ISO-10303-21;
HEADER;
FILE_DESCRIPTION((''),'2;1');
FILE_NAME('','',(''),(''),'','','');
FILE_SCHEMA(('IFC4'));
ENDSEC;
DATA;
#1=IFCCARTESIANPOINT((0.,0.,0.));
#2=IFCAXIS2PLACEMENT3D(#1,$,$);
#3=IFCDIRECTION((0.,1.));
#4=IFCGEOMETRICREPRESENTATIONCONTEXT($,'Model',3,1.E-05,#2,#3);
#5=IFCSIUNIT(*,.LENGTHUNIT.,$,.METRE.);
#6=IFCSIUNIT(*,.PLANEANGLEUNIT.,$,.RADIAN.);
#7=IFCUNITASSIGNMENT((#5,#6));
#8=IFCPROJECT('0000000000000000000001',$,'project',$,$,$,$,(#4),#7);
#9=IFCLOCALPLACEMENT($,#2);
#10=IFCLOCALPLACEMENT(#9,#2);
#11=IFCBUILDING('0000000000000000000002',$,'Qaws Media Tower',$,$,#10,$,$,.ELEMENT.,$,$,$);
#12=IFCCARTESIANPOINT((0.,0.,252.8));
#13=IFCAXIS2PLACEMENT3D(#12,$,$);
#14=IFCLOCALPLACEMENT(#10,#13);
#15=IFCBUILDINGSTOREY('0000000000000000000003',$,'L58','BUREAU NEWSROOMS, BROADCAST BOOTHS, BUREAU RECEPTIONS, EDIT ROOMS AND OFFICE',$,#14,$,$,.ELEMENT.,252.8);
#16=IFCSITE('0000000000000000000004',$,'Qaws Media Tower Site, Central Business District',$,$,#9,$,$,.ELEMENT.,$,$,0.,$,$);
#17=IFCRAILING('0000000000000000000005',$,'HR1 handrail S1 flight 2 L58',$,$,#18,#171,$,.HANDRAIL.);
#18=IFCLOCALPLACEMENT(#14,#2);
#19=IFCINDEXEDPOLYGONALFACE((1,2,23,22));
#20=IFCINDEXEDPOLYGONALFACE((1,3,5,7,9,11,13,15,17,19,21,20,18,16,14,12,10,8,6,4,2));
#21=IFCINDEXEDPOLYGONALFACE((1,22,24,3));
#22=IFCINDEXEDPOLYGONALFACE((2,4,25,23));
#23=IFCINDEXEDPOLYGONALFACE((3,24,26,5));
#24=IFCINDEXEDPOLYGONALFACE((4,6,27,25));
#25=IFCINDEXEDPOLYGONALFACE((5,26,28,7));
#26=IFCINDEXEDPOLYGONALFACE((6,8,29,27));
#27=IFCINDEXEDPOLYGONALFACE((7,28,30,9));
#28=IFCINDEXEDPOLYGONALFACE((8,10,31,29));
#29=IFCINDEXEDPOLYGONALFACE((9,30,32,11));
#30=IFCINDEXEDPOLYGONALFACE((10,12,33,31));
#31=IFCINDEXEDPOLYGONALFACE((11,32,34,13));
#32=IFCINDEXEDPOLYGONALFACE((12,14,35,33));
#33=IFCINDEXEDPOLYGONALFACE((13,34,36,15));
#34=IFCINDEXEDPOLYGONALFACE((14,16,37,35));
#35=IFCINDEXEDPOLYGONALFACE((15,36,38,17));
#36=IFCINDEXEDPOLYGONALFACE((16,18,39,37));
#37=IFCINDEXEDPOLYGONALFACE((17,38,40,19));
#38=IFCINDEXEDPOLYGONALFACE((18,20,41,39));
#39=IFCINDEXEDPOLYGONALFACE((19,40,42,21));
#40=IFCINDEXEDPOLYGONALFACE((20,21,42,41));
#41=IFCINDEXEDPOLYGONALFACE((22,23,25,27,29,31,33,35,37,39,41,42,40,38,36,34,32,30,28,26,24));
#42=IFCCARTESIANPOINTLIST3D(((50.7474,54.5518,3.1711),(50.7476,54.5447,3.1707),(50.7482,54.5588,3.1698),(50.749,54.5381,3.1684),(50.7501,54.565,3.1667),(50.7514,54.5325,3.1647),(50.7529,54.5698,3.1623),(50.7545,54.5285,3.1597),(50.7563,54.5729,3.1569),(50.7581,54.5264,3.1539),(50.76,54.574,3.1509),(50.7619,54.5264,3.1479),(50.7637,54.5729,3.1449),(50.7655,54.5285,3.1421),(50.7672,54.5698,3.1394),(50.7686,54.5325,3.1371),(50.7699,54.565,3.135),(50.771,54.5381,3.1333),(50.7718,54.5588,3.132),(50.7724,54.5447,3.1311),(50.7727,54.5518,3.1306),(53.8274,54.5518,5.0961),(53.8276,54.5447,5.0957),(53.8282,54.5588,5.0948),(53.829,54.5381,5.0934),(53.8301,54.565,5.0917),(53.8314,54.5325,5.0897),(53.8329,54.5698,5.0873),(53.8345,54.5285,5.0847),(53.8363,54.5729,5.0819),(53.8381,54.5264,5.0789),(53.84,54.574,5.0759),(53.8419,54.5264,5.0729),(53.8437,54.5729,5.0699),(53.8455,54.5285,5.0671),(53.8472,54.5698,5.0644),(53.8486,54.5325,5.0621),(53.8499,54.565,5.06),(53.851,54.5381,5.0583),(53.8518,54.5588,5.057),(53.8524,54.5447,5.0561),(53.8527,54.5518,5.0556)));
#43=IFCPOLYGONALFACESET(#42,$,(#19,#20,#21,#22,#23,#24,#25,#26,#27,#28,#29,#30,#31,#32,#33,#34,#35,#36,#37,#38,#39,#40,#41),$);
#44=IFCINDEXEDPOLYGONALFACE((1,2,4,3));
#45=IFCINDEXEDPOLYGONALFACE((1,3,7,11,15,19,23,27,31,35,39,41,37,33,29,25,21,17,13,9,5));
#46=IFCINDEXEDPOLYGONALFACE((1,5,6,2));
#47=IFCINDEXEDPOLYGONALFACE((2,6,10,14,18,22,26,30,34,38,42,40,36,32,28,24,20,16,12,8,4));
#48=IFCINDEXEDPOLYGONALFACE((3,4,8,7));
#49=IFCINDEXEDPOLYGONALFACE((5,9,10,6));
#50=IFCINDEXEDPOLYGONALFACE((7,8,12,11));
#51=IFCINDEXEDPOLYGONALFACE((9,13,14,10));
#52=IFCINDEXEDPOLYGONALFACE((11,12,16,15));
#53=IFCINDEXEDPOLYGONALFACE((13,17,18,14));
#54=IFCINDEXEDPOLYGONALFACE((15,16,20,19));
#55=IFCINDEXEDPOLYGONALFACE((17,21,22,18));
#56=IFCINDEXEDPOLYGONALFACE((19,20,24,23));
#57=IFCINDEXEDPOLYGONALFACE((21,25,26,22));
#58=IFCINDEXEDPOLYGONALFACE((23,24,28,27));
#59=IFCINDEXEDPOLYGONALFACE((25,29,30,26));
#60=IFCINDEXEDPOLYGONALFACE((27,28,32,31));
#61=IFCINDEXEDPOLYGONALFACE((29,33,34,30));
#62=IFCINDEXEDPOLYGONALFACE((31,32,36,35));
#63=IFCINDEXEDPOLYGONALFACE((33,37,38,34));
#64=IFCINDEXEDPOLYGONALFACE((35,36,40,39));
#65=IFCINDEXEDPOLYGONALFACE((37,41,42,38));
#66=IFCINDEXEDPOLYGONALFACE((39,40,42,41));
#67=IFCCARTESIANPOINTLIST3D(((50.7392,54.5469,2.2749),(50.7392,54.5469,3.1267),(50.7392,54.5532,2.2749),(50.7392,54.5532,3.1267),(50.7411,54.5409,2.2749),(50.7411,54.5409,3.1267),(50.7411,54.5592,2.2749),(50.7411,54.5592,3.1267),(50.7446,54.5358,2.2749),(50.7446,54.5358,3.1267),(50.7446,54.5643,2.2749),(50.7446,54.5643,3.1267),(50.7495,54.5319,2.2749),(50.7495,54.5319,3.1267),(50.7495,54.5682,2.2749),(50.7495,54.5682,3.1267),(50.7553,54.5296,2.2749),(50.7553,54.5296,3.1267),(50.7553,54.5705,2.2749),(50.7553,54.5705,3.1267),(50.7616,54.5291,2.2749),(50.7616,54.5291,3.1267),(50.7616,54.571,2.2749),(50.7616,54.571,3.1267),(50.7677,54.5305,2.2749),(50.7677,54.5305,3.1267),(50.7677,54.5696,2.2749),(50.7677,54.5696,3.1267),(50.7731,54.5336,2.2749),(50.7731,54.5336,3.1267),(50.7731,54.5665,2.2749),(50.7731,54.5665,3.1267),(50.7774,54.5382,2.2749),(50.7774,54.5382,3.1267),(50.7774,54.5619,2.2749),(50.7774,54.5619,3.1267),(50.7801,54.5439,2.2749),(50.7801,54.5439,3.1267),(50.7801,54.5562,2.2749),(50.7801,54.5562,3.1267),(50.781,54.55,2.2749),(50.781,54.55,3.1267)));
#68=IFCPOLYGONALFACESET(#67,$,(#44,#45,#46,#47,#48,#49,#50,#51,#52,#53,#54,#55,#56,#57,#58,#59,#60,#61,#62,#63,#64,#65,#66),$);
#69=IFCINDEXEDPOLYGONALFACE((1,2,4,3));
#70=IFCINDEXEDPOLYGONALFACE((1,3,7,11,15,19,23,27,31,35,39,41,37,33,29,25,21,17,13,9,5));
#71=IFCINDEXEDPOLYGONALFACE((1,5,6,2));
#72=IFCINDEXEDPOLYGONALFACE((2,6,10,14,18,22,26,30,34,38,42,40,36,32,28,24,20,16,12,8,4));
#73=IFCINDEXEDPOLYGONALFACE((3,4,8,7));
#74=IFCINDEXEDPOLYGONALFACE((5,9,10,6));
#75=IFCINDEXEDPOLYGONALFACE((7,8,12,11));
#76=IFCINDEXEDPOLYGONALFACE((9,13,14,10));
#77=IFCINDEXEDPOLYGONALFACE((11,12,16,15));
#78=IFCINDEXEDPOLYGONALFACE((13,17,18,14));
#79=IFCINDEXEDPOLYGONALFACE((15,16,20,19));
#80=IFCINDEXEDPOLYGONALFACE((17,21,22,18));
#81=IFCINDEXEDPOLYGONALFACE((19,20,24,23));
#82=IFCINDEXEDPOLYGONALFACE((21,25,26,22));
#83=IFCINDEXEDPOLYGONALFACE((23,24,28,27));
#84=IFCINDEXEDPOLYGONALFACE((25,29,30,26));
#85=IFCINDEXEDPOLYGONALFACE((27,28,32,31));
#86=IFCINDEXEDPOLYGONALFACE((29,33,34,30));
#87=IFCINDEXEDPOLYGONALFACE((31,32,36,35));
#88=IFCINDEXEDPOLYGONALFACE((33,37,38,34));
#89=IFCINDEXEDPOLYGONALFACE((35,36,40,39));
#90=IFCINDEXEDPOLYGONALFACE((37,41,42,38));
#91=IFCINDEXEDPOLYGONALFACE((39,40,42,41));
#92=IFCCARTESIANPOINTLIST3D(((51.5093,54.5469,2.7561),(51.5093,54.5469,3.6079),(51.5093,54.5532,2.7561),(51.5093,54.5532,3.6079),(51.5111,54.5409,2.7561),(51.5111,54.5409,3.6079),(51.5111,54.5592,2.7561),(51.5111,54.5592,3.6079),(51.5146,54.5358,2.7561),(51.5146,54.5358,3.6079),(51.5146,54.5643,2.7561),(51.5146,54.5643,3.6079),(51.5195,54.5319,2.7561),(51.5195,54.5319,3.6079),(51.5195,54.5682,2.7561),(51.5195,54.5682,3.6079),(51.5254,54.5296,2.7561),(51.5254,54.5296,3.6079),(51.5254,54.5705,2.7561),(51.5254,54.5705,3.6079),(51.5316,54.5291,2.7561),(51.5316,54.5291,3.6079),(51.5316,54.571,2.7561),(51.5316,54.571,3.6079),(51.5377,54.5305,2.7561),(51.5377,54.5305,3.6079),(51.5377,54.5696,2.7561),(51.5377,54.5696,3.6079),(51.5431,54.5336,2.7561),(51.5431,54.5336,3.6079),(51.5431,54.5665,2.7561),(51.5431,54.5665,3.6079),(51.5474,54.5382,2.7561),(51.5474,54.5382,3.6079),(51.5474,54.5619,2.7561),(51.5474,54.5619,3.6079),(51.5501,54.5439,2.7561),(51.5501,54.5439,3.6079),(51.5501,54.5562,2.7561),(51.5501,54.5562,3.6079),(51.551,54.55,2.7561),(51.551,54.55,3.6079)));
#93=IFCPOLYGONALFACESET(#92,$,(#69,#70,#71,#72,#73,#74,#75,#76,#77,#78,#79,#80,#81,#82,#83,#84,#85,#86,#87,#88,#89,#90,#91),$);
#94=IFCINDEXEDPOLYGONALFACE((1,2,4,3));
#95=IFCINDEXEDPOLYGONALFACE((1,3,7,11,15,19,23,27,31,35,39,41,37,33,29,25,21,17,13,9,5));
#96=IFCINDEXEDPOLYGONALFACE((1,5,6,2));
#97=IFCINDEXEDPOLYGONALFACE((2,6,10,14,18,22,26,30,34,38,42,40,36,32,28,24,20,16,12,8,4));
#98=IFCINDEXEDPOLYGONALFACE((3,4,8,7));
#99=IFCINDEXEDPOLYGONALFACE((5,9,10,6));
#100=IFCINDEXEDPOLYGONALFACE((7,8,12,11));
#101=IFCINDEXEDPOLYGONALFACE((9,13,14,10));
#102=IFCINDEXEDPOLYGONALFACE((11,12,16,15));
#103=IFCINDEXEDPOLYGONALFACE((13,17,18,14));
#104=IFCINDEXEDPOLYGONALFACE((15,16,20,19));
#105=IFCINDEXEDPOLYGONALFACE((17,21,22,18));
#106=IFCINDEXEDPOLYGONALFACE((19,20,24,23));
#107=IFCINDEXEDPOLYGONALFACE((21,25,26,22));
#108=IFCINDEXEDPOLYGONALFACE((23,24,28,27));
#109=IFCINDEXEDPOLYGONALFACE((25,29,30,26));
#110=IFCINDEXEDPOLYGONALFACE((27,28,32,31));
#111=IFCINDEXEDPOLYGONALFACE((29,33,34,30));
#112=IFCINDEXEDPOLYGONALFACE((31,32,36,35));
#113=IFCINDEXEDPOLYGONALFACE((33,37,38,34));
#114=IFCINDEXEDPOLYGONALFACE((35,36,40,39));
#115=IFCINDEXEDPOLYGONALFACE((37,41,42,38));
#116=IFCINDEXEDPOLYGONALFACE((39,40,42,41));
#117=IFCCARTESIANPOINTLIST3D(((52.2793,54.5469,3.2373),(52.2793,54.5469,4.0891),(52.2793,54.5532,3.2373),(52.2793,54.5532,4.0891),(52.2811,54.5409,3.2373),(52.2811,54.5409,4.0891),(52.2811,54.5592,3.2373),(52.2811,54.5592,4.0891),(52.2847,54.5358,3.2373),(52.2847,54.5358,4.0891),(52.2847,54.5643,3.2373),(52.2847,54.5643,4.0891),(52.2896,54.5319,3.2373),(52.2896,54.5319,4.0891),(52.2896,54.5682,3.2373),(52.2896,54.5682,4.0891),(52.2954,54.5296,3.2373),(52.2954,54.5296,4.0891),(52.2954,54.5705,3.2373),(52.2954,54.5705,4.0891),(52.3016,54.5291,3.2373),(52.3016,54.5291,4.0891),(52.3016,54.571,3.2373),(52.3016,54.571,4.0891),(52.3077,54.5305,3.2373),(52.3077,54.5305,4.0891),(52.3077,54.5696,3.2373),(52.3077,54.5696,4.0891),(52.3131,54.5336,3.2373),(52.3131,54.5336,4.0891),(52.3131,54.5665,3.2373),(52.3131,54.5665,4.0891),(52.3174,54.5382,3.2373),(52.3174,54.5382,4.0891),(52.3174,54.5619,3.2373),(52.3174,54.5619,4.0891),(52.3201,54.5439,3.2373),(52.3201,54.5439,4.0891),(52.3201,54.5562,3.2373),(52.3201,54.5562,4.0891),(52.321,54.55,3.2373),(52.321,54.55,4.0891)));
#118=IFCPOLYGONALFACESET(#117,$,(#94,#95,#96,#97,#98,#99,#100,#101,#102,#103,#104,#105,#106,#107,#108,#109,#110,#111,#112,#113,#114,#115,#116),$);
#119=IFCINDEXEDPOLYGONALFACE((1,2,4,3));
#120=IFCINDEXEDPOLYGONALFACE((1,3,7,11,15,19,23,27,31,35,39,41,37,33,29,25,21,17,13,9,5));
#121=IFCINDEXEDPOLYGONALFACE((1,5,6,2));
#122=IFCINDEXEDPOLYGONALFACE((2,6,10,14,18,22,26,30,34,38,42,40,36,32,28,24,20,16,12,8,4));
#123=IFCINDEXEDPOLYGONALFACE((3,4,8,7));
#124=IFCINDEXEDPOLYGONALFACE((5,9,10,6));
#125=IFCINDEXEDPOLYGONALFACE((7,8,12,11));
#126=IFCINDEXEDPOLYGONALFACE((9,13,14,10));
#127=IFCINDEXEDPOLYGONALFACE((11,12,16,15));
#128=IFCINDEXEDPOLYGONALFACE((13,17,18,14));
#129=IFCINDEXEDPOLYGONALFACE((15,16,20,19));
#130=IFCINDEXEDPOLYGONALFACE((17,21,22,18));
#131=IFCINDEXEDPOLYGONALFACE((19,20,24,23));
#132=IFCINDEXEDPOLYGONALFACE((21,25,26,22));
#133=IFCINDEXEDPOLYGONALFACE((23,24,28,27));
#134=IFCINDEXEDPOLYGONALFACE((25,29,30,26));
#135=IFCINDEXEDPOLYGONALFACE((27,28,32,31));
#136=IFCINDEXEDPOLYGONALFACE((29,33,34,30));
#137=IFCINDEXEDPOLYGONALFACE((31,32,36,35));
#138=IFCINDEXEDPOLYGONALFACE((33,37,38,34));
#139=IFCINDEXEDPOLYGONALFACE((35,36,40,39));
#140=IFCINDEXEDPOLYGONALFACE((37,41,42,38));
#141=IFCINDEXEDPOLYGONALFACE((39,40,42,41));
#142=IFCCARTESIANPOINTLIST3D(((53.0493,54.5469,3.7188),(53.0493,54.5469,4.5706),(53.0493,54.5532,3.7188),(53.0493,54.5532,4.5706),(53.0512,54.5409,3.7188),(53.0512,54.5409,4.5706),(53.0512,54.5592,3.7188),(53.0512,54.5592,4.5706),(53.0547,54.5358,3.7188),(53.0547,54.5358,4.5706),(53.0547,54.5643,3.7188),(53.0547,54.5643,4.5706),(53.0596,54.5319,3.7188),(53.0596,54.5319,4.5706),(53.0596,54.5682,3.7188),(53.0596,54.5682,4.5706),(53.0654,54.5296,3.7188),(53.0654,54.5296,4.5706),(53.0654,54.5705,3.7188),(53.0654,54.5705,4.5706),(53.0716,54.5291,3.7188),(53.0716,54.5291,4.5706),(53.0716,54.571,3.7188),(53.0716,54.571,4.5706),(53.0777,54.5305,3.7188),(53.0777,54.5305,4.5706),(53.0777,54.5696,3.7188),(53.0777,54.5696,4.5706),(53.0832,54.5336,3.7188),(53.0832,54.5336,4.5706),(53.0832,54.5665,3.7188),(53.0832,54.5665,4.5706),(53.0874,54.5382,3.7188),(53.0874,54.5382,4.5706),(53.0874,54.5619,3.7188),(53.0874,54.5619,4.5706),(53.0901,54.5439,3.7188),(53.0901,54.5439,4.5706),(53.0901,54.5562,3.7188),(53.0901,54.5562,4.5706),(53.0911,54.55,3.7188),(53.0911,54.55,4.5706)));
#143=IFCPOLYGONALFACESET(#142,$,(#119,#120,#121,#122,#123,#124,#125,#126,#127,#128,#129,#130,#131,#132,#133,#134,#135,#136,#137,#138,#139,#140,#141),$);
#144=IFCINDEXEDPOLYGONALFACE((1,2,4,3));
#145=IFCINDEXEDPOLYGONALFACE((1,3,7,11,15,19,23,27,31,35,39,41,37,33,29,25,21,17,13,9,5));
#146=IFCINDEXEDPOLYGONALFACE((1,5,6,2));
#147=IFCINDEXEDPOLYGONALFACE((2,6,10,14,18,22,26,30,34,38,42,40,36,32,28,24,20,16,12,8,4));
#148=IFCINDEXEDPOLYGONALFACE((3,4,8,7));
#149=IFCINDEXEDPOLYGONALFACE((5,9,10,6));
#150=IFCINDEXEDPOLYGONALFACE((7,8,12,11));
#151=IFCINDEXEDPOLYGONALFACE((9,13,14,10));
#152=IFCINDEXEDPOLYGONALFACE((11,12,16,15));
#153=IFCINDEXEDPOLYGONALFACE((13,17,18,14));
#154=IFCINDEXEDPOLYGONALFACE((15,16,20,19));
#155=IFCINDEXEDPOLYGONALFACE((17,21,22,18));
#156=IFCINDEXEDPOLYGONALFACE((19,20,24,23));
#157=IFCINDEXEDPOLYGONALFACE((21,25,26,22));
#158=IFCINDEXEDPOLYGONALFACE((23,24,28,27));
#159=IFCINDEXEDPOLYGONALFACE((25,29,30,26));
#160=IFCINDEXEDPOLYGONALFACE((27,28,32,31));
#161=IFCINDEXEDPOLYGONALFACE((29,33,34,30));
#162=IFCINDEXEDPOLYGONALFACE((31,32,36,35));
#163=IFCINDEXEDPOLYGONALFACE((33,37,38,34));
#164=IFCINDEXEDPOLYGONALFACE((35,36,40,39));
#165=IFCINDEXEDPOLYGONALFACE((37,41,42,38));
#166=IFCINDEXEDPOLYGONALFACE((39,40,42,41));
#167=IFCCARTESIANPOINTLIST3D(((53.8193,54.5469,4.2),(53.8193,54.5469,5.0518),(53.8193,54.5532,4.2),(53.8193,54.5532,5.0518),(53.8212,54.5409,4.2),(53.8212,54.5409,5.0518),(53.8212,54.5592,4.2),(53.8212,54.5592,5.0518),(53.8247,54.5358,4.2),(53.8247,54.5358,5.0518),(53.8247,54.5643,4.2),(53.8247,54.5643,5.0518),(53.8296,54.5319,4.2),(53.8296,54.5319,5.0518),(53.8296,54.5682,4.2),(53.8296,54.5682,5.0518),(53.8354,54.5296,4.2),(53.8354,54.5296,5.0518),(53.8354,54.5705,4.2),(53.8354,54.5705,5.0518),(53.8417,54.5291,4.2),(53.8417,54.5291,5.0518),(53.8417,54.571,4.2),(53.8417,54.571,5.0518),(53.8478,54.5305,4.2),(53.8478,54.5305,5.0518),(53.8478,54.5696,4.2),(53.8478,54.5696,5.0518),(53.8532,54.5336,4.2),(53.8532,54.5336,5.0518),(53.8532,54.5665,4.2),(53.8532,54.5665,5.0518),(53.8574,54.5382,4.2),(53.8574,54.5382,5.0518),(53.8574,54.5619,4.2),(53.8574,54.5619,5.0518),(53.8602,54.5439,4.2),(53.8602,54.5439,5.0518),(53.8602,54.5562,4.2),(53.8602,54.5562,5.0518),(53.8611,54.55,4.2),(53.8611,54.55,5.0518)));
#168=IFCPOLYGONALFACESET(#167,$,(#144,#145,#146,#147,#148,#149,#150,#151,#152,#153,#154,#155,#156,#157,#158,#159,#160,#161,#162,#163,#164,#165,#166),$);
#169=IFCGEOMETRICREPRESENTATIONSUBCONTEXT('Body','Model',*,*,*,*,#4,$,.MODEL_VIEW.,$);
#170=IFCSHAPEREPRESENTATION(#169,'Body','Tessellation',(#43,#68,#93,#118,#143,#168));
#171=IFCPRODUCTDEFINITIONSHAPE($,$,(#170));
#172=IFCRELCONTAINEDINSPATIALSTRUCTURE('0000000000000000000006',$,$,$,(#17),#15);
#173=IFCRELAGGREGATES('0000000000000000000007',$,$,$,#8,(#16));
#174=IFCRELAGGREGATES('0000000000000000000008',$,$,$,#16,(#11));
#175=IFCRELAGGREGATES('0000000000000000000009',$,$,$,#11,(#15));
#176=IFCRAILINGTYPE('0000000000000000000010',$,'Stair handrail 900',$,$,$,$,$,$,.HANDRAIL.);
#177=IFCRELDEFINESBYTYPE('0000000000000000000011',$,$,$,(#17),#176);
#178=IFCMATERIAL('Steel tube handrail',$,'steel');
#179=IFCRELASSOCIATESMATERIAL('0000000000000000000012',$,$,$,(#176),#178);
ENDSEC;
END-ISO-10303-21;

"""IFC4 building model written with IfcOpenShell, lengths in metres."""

from ifc_helpers import new_model, si_unit, direction, frame, origin, origin_2d, place, context, subcontext, project, spatial, circle, extrude, material, type_object, element, save


model = new_model("IFC4")

# Units and contexts
model_context = context("Model", 3, precision=1e-05, world=origin(), true_north=direction((0.0, 1.0)))
body_context = subcontext(model_context, "Body", "Model", "MODEL_VIEW")
ifc_project = project(units=[si_unit("LENGTHUNIT", "METRE"), si_unit("PLANEANGLEUNIT", "RADIAN")], contexts=[model_context])

# Site, building, storey
site_placement = place(None, origin())
site = spatial("IfcSite", under=ifc_project, at=site_placement, Name="Qaws Media Tower Site, Central Business District", CompositionType="ELEMENT", RefElevation=0.0)
building_placement = place(site_placement, origin())
building = spatial("IfcBuilding", under=site, at=building_placement, Name="Qaws Media Tower", CompositionType="ELEMENT")
storey_placement = place(building_placement, frame((0.0, 0.0, 252.8)))
storey = spatial("IfcBuildingStorey", under=building, at=storey_placement, Name="L58", Description="BUREAU NEWSROOMS, BROADCAST BOOTHS, BUREAU RECEPTIONS, EDIT ROOMS AND OFFICE", CompositionType="ELEMENT", Elevation=252.8)

# Railing
ifc_material_1 = material(Name="Steel tube handrail", Category="steel")
railing_type = type_object("IfcRailingType", Name="Stair handrail 900", PredefinedType="HANDRAIL", material=ifc_material_1)
for number, where, name in (
    (1, (50.76, 54.55, 2.2749), "HR1 handrail S1 flight 2 L58"),
):
    element("IfcRailing", number, at=place(storey_placement, frame(where)), inside=storey, type_object=railing_type, Name=name, PredefinedType="HANDRAIL", context=body_context, shape_type="SweptSolid", body=[
        extrude(circle(Radius=0.0239, at=origin_2d()), frame((0.0, 0.0, 0.876), z_axis=(0.847998, 0.0, 0.529999), x_axis=(0.0, 1.0, 0.0)), (0.0, 0.0, 1.0), 3.6321),
        extrude(circle(Radius=0.021, at=origin_2d()), origin(), (0.0, 0.0, 1.0), 0.8518),
        extrude(circle(Radius=0.021, at=origin_2d()), frame((0.77, 0.0, 0.4812)), (0.0, 0.0, 1.0), 0.8518),
        extrude(circle(Radius=0.021, at=origin_2d()), frame((1.54, 0.0, 0.9624)), (0.0, 0.0, 1.0), 0.8518),
        extrude(circle(Radius=0.021, at=origin_2d()), frame((2.3101, 0.0, 1.4438)), (0.0, 0.0, 1.0), 0.8518),
        extrude(circle(Radius=0.021, at=origin_2d()), frame((3.0801, 0.0, 1.925)), (0.0, 0.0, 1.0), 0.8518),
    ])

save(model, "model.ifc")
